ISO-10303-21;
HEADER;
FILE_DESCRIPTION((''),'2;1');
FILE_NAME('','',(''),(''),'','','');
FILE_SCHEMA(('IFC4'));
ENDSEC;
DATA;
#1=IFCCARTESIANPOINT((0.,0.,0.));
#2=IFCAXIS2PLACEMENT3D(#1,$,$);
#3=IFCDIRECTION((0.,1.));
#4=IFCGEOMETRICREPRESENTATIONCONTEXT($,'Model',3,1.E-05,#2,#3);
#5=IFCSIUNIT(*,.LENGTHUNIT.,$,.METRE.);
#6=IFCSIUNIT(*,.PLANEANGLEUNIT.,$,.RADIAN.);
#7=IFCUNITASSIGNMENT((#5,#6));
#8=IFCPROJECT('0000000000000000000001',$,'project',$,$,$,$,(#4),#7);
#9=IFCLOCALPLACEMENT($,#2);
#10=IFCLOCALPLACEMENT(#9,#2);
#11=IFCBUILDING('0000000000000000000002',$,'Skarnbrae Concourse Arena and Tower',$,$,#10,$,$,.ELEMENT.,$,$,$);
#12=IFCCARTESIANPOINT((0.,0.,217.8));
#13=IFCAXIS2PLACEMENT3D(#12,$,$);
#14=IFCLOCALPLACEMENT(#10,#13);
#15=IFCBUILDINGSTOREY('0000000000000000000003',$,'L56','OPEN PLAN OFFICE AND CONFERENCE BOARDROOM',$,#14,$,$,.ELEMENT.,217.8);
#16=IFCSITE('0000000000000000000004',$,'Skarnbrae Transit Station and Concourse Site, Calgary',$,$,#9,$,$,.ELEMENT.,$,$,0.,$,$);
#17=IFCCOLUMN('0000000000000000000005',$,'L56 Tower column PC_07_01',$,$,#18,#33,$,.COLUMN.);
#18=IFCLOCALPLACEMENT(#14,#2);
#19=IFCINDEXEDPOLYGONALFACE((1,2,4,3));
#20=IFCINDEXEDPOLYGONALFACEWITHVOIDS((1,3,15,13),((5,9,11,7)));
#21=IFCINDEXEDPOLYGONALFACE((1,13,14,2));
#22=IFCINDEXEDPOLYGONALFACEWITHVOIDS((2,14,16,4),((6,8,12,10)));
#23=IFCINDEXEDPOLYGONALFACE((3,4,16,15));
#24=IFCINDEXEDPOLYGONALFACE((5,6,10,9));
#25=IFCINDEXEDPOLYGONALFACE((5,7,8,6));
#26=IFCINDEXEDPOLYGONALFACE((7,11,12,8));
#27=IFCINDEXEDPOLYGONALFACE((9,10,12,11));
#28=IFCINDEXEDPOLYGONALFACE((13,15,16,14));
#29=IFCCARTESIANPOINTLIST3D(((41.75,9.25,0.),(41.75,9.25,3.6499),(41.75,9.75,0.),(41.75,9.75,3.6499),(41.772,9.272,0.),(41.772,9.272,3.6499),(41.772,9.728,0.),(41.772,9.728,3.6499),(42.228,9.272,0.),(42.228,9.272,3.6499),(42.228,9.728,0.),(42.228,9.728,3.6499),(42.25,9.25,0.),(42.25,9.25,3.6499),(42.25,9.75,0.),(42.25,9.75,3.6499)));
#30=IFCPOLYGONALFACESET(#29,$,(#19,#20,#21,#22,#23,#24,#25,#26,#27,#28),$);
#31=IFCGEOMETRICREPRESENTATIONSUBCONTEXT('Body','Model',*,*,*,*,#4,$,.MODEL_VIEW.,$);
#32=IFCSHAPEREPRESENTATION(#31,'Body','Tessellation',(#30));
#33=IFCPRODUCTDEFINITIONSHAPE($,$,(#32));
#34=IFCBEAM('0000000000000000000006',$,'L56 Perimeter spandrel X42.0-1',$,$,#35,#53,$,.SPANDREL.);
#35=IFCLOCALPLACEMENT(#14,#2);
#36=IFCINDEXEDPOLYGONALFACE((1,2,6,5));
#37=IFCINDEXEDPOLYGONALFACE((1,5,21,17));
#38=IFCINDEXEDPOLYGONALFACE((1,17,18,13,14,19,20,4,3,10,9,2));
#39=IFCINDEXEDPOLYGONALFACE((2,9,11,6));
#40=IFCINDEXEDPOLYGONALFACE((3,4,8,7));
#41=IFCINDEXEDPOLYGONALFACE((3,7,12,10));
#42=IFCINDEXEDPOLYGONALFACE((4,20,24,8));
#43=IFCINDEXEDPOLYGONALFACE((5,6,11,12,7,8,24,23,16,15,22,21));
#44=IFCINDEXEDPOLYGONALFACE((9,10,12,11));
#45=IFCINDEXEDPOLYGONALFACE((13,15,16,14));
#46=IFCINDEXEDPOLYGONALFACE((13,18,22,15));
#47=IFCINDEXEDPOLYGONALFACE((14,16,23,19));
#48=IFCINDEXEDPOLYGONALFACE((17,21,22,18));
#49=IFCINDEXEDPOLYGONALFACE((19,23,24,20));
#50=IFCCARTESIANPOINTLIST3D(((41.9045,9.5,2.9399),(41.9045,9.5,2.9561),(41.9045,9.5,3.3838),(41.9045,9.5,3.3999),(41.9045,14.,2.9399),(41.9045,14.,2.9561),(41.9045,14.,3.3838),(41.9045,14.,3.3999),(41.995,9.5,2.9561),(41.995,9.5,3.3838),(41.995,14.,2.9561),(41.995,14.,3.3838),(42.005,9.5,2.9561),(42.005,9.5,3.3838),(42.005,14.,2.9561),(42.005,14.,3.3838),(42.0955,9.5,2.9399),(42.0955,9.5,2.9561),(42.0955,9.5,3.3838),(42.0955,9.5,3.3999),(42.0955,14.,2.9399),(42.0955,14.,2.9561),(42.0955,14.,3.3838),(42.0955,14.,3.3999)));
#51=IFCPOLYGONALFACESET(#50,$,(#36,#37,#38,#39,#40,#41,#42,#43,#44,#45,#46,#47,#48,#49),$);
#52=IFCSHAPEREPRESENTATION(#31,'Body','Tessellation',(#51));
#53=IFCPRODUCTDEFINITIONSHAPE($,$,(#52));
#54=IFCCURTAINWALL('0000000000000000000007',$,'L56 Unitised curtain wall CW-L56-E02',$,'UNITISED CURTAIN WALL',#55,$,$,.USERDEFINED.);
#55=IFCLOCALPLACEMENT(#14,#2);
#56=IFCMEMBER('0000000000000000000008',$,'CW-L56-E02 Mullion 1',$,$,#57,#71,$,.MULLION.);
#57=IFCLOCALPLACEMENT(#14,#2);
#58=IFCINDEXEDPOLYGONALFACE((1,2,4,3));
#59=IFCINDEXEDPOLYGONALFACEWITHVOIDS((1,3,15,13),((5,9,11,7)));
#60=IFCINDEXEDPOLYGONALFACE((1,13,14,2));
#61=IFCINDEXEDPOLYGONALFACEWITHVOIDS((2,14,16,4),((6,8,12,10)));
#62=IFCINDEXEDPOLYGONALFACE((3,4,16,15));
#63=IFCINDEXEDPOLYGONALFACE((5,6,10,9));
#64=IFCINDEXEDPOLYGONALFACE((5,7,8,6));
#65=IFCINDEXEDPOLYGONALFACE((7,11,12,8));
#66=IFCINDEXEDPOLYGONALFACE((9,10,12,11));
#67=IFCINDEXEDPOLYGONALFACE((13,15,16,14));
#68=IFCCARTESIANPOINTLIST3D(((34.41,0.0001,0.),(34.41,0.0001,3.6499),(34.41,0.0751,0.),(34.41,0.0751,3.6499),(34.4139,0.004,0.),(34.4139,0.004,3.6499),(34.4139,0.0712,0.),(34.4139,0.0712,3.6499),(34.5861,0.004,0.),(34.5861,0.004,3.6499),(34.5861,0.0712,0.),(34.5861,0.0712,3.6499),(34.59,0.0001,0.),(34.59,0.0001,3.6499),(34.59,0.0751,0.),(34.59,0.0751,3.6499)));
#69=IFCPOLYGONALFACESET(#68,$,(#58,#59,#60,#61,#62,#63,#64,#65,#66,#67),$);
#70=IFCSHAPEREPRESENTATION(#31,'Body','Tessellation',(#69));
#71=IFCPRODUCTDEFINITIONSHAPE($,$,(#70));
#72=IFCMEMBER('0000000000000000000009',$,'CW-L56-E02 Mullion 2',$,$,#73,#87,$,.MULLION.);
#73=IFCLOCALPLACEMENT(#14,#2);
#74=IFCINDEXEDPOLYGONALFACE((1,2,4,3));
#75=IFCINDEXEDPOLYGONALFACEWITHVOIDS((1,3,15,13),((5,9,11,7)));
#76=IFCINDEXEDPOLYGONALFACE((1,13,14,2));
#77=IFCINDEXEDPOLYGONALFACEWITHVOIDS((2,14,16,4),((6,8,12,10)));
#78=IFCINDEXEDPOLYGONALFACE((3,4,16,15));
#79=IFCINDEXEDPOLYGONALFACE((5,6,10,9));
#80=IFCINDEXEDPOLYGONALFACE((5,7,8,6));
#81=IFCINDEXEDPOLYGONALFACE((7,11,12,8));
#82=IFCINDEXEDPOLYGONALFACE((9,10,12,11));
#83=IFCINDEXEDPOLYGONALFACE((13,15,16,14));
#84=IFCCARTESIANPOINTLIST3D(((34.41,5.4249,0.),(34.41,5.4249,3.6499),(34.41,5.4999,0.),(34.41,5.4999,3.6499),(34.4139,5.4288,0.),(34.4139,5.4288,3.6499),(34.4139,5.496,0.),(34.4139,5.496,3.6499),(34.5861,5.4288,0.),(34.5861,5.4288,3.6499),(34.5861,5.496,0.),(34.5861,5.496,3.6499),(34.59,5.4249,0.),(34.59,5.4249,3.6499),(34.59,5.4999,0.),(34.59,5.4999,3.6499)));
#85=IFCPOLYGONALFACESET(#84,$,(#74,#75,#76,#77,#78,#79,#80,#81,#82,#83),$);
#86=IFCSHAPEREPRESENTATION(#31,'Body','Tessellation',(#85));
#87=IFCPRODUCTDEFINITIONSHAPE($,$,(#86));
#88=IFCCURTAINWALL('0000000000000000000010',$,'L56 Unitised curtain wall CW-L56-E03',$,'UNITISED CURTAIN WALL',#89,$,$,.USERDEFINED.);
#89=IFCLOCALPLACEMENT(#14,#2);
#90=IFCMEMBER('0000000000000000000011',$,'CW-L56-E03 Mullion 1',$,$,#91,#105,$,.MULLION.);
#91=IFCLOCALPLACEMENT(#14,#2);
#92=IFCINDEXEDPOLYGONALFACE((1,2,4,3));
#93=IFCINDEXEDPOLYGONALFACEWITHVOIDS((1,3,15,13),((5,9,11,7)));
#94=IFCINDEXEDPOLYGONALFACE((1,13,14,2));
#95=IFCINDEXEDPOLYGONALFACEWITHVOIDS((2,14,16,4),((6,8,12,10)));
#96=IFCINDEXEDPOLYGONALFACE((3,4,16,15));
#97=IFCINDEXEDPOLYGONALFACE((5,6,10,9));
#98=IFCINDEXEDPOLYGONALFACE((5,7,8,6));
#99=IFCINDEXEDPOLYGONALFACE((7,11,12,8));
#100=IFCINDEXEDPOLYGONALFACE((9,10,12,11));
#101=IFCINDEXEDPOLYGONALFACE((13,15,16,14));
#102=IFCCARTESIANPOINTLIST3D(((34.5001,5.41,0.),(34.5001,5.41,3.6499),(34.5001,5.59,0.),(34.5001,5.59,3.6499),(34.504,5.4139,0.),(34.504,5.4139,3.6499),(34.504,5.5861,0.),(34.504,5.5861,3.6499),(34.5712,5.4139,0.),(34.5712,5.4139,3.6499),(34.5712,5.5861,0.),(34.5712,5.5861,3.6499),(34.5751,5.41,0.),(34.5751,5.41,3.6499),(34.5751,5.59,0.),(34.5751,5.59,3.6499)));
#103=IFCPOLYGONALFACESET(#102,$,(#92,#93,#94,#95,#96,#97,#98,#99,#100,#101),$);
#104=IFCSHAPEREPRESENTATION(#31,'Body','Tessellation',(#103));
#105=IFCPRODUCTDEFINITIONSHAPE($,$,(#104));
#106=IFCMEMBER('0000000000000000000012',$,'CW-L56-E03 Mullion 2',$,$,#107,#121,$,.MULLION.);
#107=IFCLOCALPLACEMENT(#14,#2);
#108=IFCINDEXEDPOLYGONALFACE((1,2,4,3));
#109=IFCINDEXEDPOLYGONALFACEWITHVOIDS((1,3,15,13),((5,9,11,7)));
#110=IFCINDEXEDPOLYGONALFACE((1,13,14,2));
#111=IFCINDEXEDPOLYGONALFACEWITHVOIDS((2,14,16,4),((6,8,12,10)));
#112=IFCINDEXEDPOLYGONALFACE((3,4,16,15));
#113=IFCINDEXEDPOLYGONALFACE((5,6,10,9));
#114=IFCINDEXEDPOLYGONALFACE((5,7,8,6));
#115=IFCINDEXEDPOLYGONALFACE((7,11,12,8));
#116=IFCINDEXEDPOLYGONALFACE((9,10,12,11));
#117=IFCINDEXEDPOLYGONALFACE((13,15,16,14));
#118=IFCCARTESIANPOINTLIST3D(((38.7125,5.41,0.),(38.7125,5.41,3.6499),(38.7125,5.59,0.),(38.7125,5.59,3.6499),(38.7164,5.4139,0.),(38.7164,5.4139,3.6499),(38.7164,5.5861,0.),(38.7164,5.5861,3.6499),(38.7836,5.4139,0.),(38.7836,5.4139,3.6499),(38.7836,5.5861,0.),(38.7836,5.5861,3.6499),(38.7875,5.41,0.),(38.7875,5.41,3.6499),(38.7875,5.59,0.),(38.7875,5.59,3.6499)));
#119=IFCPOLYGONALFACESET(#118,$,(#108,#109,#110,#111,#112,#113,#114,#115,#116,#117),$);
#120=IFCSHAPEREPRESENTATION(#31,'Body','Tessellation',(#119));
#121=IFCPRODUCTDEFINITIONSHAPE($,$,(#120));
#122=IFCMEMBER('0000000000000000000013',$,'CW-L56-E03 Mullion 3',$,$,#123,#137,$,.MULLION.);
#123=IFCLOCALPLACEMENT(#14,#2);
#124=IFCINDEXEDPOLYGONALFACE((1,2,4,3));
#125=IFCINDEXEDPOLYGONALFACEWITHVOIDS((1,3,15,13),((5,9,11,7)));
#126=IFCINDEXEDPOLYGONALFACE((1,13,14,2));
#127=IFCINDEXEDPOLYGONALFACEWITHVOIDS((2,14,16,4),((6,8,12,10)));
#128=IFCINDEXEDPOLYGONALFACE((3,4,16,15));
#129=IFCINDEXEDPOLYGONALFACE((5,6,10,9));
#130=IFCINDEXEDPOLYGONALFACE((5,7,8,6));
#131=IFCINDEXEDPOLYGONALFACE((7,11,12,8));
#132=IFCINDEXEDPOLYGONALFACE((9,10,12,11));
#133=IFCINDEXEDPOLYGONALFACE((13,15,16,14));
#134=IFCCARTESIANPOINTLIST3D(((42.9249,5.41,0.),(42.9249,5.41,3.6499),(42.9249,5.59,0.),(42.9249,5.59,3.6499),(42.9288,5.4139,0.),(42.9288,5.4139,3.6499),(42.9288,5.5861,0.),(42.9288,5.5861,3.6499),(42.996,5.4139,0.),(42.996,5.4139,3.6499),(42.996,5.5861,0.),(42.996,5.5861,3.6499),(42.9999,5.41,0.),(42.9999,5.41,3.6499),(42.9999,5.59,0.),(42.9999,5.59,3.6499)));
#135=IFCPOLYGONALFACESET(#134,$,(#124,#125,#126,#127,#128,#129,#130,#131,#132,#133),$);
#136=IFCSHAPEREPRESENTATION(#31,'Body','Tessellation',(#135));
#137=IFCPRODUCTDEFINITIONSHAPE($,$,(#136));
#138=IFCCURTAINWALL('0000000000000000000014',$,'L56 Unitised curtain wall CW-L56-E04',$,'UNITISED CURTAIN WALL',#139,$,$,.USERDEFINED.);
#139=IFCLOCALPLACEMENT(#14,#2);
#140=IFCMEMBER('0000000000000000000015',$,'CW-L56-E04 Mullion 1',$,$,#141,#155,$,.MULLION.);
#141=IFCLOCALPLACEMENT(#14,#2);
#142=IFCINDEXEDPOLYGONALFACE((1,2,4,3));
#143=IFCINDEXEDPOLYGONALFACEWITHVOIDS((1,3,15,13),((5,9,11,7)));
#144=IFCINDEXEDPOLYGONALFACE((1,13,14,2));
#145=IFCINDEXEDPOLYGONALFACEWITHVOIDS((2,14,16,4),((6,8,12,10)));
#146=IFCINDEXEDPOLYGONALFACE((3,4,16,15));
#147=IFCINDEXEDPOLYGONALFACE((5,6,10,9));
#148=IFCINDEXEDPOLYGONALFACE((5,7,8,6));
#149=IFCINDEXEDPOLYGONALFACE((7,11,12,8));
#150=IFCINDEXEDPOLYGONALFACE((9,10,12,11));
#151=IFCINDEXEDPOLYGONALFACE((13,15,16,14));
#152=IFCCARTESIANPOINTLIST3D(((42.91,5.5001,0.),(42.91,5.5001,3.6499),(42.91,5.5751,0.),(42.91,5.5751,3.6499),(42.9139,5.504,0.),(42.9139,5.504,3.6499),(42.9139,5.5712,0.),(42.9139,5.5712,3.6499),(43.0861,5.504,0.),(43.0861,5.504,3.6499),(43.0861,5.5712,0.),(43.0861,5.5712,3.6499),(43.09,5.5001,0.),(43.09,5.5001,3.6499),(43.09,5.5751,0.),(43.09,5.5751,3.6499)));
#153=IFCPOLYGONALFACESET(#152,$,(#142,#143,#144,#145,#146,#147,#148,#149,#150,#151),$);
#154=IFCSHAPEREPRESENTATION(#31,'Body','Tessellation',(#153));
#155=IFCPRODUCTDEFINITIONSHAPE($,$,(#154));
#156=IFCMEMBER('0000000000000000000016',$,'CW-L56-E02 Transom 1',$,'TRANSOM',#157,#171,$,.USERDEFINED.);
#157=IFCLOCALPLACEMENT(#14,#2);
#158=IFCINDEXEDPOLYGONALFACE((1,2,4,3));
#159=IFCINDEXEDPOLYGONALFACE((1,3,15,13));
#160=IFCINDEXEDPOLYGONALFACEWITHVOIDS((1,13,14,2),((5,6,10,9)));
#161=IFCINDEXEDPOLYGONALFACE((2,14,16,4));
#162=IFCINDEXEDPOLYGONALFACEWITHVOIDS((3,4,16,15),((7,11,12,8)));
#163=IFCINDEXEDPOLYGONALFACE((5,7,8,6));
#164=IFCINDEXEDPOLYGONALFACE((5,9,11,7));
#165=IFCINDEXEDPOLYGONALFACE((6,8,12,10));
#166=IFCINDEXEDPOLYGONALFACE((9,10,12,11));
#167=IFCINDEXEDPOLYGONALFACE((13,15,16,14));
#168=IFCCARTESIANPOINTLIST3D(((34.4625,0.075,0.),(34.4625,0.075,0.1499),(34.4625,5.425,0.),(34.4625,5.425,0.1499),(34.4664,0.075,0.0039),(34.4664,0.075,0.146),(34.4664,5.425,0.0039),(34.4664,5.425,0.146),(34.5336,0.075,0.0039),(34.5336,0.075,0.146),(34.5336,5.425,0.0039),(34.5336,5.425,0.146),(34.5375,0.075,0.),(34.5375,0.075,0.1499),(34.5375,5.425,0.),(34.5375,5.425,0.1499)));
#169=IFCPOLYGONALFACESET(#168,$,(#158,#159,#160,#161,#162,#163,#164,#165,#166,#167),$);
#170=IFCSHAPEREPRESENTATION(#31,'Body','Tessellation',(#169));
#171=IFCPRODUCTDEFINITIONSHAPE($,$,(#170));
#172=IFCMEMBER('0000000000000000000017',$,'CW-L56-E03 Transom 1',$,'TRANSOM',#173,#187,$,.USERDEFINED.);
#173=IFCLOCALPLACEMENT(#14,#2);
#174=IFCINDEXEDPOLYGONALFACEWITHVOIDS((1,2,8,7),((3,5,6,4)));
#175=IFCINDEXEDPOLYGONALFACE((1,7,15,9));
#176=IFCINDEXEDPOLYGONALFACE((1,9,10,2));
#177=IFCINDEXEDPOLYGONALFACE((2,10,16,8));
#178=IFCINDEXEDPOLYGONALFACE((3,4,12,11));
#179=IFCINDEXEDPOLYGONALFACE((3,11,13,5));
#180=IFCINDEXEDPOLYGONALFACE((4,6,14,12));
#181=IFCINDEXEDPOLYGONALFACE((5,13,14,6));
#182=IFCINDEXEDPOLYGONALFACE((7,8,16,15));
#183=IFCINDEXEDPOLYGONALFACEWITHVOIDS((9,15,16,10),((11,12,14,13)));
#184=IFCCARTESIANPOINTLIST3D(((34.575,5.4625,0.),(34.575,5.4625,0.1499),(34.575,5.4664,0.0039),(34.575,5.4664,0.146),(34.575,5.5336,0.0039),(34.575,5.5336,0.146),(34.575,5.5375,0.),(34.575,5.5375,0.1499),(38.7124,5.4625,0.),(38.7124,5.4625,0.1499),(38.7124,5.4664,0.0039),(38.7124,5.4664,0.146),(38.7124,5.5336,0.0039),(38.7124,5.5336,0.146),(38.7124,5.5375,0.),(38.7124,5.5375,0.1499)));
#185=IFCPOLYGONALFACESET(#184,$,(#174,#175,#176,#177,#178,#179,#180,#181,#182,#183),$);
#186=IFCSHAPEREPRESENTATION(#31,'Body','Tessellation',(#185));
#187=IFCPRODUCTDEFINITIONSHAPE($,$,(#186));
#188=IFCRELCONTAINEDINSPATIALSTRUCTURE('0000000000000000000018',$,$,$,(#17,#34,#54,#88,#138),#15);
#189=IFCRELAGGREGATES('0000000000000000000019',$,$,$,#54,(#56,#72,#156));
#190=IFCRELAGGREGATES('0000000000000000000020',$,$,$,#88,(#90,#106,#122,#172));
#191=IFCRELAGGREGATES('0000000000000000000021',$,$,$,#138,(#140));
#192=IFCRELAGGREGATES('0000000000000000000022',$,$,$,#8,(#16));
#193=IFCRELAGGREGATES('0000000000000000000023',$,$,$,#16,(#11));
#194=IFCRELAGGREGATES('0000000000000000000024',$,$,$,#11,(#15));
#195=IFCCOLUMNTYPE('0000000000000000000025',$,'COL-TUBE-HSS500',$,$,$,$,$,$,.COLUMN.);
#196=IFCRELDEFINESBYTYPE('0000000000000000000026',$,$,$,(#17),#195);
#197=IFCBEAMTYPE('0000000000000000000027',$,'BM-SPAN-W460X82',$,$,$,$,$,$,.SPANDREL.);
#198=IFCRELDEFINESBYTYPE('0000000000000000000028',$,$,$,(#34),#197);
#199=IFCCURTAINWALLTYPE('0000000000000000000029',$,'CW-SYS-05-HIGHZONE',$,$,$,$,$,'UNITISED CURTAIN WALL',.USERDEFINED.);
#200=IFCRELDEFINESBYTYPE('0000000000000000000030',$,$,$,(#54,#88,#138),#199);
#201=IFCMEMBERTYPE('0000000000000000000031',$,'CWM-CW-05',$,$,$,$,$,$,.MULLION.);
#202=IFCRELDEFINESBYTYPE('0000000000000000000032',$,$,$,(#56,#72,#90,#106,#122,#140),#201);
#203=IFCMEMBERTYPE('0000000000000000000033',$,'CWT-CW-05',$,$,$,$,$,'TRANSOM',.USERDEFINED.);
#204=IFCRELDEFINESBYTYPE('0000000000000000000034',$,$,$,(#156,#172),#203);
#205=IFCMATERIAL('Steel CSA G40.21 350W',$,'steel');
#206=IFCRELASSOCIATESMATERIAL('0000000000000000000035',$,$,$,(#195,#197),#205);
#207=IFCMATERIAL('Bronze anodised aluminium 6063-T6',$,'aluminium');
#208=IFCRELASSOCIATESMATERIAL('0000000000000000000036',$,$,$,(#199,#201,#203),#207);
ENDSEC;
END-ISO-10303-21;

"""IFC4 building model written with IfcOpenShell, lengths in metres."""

from ifc_helpers import new_model, si_unit, direction, frame, origin, origin_2d, place, context, subcontext, project, spatial, hollow_rectangle, i_section, extrude, source, transform, mapped, material, material_profile, profile_set, type_object, element, aggregate, save


model = new_model("IFC4")

# Units and contexts
model_context = context("Model", 3, precision=1e-05, world=origin(), true_north=direction((0.0, 1.0)))
body_context = subcontext(model_context, "Body", "Model", "MODEL_VIEW")
ifc_project = project(units=[si_unit("LENGTHUNIT", "METRE"), si_unit("PLANEANGLEUNIT", "RADIAN")], contexts=[model_context])

# Site, building, storey
site_placement = place(None, origin())
site = spatial("IfcSite", under=ifc_project, at=site_placement, Name="Skarnbrae Transit Station and Concourse Site, Calgary", CompositionType="ELEMENT", RefElevation=0.0)
building_placement = place(site_placement, origin())
building = spatial("IfcBuilding", under=site, at=building_placement, Name="Skarnbrae Concourse Arena and Tower", CompositionType="ELEMENT")
storey_placement = place(building_placement, frame((0.0, 0.0, 217.8)))
storey = spatial("IfcBuildingStorey", under=building, at=storey_placement, Name="L56", Description="OPEN PLAN OFFICE AND CONFERENCE BOARDROOM", CompositionType="ELEMENT", Elevation=217.8)

# Column
ifc_material_1 = material(Name="Steel CSA G40.21 350W", Category="steel")
ifc_material_profile_1 = material_profile(ifc_material_1, hollow_rectangle(XDim=0.5, YDim=0.5, WallThickness=0.022, at=origin_2d()), Name="HSS500X500X22.0")
ifc_profile_set_1 = profile_set([ifc_material_profile_1], Name="Steel CSA G40.21 350W")
column_type = type_object("IfcColumnType", Name="COL-TUBE-HSS500", PredefinedType="COLUMN", material=ifc_profile_set_1)
shared_shape_1 = source(origin(), body_context, "Body", "SweptSolid", [
    extrude(hollow_rectangle(XDim=0.5, YDim=0.5, WallThickness=0.022, at=origin_2d()), origin(), (0.0, 0.0, 1.0), 3.6499),
])
column_placement = place(storey_placement, frame((42.0, 9.5, 0.0), z_axis=(0.0, 0.0, 1.0), x_axis=(1.0, 0.0, 0.0)))
element("IfcColumn", 1, at=column_placement, inside=storey, type_object=column_type, Name="L56 Tower column PC_07_01", PredefinedType="COLUMN", context=body_context, shape_type="MappedRepresentation", body=[
    mapped(shared_shape_1, transform((0.0, 0.0, 0.0))),
])

# Beam
ifc_material_profile_2 = material_profile(ifc_material_1, i_section(OverallWidth=0.1909, OverallDepth=0.46, WebThickness=0.01, FlangeThickness=0.0161, at=origin_2d()), Name="W460X82")
ifc_profile_set_2 = profile_set([ifc_material_profile_2], Name="Steel CSA G40.21 350W")
beam_type = type_object("IfcBeamType", Name="BM-SPAN-W460X82", PredefinedType="SPANDREL", material=ifc_profile_set_2)
shared_shape_2 = source(origin(), body_context, "Body", "SweptSolid", [
    extrude(i_section(OverallWidth=0.1909, OverallDepth=0.46, WebThickness=0.01, FlangeThickness=0.0161, at=origin_2d()), origin(), (0.0, 0.0, 1.0), 4.5),
])
beam_placement = place(storey_placement, frame((42.0, 9.5, 3.1699), z_axis=(0.0, 1.0, 0.0), x_axis=(-1.0, 0.0, 0.0)))
element("IfcBeam", 2, at=beam_placement, inside=storey, type_object=beam_type, Name="L56 Perimeter spandrel X42.0-1", PredefinedType="SPANDREL", context=body_context, shape_type="MappedRepresentation", body=[
    mapped(shared_shape_2, transform((0.0, 0.0, 0.0))),
])

# Curtain walls, members
ifc_material_2 = material(Name="Bronze anodised aluminium 6063-T6", Category="aluminium")
curtain_wall_type = type_object("IfcCurtainWallType", Name="CW-SYS-05-HIGHZONE", ElementType="UNITISED CURTAIN WALL", PredefinedType="USERDEFINED", material=ifc_material_2)
curtain_wall_1_placement = place(storey_placement, origin())
curtain_wall_1 = element("IfcCurtainWall", 3, at=curtain_wall_1_placement, inside=storey, type_object=curtain_wall_type, Name="L56 Unitised curtain wall CW-L56-E02", ObjectType="UNITISED CURTAIN WALL", PredefinedType="USERDEFINED")
ifc_material_profile_3 = material_profile(ifc_material_2, hollow_rectangle(XDim=0.075, YDim=0.1799, WallThickness=0.0039, at=origin_2d()), Name="ALU-MULL-75X180")
ifc_profile_set_3 = profile_set([ifc_material_profile_3], Name="Bronze anodised aluminium 6063-T6")
member_type_1 = type_object("IfcMemberType", Name="CWM-CW-05", PredefinedType="MULLION", material=ifc_profile_set_3)
shared_shape_3 = source(origin(), body_context, "Body", "SweptSolid", [
    extrude(hollow_rectangle(XDim=0.075, YDim=0.1799, WallThickness=0.0039, at=origin_2d()), origin(), (0.0, 0.0, 1.0), 3.6499),
])
member_1_placement = place(storey_placement, frame((34.5, 0.0376, 0.0), z_axis=(0.0, 0.0, 1.0), x_axis=(0.0, 1.0, 0.0)))
member_1 = element("IfcMember", 4, at=member_1_placement, type_object=member_type_1, Name="CW-L56-E02 Mullion 1", PredefinedType="MULLION", context=body_context, shape_type="MappedRepresentation", body=[
    mapped(shared_shape_3, transform((0.0, 0.0, 0.0))),
])
member_2_placement = place(storey_placement, frame((34.5, 5.4624, 0.0), z_axis=(0.0, 0.0, 1.0), x_axis=(0.0, 1.0, 0.0)))
member_2 = element("IfcMember", 5, at=member_2_placement, type_object=member_type_1, Name="CW-L56-E02 Mullion 2", PredefinedType="MULLION", context=body_context, shape_type="MappedRepresentation", body=[
    mapped(shared_shape_3, transform((0.0, 0.0, 0.0))),
])
curtain_wall_2_placement = place(storey_placement, origin())
curtain_wall_2 = element("IfcCurtainWall", 6, at=curtain_wall_2_placement, inside=storey, type_object=curtain_wall_type, Name="L56 Unitised curtain wall CW-L56-E03", ObjectType="UNITISED CURTAIN WALL", PredefinedType="USERDEFINED")
member_3_placement = place(storey_placement, frame((34.5376, 5.5, 0.0), z_axis=(0.0, 0.0, 1.0), x_axis=(1.0, 0.0, 0.0)))
member_3 = element("IfcMember", 7, at=member_3_placement, type_object=member_type_1, Name="CW-L56-E03 Mullion 1", PredefinedType="MULLION", context=body_context, shape_type="MappedRepresentation", body=[
    mapped(shared_shape_3, transform((0.0, 0.0, 0.0))),
])
member_4_placement = place(storey_placement, frame((38.75, 5.5, 0.0), z_axis=(0.0, 0.0, 1.0), x_axis=(1.0, 0.0, 0.0)))
member_4 = element("IfcMember", 8, at=member_4_placement, type_object=member_type_1, Name="CW-L56-E03 Mullion 2", PredefinedType="MULLION", context=body_context, shape_type="MappedRepresentation", body=[
    mapped(shared_shape_3, transform((0.0, 0.0, 0.0))),
])
member_5_placement = place(storey_placement, frame((42.9624, 5.5, 0.0), z_axis=(0.0, 0.0, 1.0), x_axis=(1.0, 0.0, 0.0)))
member_5 = element("IfcMember", 9, at=member_5_placement, type_object=member_type_1, Name="CW-L56-E03 Mullion 3", PredefinedType="MULLION", context=body_context, shape_type="MappedRepresentation", body=[
    mapped(shared_shape_3, transform((0.0, 0.0, 0.0))),
])

# Curtain wall, member
curtain_wall_3_placement = place(storey_placement, origin())
curtain_wall_3 = element("IfcCurtainWall", 10, at=curtain_wall_3_placement, inside=storey, type_object=curtain_wall_type, Name="L56 Unitised curtain wall CW-L56-E04", ObjectType="UNITISED CURTAIN WALL", PredefinedType="USERDEFINED")
member_6_placement = place(storey_placement, frame((43.0, 5.5376, 0.0), z_axis=(0.0, 0.0, 1.0), x_axis=(0.0, 1.0, 0.0)))
member_6 = element("IfcMember", 11, at=member_6_placement, type_object=member_type_1, Name="CW-L56-E04 Mullion 1", PredefinedType="MULLION", context=body_context, shape_type="MappedRepresentation", body=[
    mapped(shared_shape_3, transform((0.0, 0.0, 0.0))),
])

# Members
ifc_material_profile_4 = material_profile(ifc_material_2, hollow_rectangle(XDim=0.075, YDim=0.1499, WallThickness=0.0039, at=origin_2d()), Name="ALU-TRAN-75X150")
ifc_profile_set_4 = profile_set([ifc_material_profile_4], Name="Bronze anodised aluminium 6063-T6")
member_type_2 = type_object("IfcMemberType", Name="CWT-CW-05", ElementType="TRANSOM", PredefinedType="USERDEFINED", material=ifc_profile_set_4)
shared_shape_4 = source(origin(), body_context, "Body", "SweptSolid", [
    extrude(hollow_rectangle(XDim=0.075, YDim=0.1499, WallThickness=0.0039, at=origin_2d()), origin(), (0.0, 0.0, 1.0), 5.3501),
])
member_7_placement = place(storey_placement, frame((34.5, 0.075, 0.075), z_axis=(0.0, 1.0, 0.0), x_axis=(-1.0, 0.0, 0.0)))
member_7 = element("IfcMember", 12, at=member_7_placement, type_object=member_type_2, Name="CW-L56-E02 Transom 1", ObjectType="TRANSOM", PredefinedType="USERDEFINED", context=body_context, shape_type="MappedRepresentation", body=[
    mapped(shared_shape_4, transform((0.0, 0.0, 0.0))),
])
shared_shape_5 = source(origin(), body_context, "Body", "SweptSolid", [
    extrude(hollow_rectangle(XDim=0.075, YDim=0.1499, WallThickness=0.0039, at=origin_2d()), origin(), (0.0, 0.0, 1.0), 4.1375),
])
member_8_placement = place(storey_placement, frame((34.575, 5.5, 0.075), z_axis=(1.0, 0.0, 0.0), x_axis=(0.0, 1.0, 0.0)))
member_8 = element("IfcMember", 13, at=member_8_placement, type_object=member_type_2, Name="CW-L56-E03 Transom 1", ObjectType="TRANSOM", PredefinedType="USERDEFINED", context=body_context, shape_type="MappedRepresentation", body=[
    mapped(shared_shape_5, transform((0.0, 0.0, 0.0))),
])

aggregate(curtain_wall_1, [member_1, member_2, member_7])
aggregate(curtain_wall_2, [member_3, member_4, member_5, member_8])
aggregate(curtain_wall_3, [member_6])

save(model, "model.ifc")
